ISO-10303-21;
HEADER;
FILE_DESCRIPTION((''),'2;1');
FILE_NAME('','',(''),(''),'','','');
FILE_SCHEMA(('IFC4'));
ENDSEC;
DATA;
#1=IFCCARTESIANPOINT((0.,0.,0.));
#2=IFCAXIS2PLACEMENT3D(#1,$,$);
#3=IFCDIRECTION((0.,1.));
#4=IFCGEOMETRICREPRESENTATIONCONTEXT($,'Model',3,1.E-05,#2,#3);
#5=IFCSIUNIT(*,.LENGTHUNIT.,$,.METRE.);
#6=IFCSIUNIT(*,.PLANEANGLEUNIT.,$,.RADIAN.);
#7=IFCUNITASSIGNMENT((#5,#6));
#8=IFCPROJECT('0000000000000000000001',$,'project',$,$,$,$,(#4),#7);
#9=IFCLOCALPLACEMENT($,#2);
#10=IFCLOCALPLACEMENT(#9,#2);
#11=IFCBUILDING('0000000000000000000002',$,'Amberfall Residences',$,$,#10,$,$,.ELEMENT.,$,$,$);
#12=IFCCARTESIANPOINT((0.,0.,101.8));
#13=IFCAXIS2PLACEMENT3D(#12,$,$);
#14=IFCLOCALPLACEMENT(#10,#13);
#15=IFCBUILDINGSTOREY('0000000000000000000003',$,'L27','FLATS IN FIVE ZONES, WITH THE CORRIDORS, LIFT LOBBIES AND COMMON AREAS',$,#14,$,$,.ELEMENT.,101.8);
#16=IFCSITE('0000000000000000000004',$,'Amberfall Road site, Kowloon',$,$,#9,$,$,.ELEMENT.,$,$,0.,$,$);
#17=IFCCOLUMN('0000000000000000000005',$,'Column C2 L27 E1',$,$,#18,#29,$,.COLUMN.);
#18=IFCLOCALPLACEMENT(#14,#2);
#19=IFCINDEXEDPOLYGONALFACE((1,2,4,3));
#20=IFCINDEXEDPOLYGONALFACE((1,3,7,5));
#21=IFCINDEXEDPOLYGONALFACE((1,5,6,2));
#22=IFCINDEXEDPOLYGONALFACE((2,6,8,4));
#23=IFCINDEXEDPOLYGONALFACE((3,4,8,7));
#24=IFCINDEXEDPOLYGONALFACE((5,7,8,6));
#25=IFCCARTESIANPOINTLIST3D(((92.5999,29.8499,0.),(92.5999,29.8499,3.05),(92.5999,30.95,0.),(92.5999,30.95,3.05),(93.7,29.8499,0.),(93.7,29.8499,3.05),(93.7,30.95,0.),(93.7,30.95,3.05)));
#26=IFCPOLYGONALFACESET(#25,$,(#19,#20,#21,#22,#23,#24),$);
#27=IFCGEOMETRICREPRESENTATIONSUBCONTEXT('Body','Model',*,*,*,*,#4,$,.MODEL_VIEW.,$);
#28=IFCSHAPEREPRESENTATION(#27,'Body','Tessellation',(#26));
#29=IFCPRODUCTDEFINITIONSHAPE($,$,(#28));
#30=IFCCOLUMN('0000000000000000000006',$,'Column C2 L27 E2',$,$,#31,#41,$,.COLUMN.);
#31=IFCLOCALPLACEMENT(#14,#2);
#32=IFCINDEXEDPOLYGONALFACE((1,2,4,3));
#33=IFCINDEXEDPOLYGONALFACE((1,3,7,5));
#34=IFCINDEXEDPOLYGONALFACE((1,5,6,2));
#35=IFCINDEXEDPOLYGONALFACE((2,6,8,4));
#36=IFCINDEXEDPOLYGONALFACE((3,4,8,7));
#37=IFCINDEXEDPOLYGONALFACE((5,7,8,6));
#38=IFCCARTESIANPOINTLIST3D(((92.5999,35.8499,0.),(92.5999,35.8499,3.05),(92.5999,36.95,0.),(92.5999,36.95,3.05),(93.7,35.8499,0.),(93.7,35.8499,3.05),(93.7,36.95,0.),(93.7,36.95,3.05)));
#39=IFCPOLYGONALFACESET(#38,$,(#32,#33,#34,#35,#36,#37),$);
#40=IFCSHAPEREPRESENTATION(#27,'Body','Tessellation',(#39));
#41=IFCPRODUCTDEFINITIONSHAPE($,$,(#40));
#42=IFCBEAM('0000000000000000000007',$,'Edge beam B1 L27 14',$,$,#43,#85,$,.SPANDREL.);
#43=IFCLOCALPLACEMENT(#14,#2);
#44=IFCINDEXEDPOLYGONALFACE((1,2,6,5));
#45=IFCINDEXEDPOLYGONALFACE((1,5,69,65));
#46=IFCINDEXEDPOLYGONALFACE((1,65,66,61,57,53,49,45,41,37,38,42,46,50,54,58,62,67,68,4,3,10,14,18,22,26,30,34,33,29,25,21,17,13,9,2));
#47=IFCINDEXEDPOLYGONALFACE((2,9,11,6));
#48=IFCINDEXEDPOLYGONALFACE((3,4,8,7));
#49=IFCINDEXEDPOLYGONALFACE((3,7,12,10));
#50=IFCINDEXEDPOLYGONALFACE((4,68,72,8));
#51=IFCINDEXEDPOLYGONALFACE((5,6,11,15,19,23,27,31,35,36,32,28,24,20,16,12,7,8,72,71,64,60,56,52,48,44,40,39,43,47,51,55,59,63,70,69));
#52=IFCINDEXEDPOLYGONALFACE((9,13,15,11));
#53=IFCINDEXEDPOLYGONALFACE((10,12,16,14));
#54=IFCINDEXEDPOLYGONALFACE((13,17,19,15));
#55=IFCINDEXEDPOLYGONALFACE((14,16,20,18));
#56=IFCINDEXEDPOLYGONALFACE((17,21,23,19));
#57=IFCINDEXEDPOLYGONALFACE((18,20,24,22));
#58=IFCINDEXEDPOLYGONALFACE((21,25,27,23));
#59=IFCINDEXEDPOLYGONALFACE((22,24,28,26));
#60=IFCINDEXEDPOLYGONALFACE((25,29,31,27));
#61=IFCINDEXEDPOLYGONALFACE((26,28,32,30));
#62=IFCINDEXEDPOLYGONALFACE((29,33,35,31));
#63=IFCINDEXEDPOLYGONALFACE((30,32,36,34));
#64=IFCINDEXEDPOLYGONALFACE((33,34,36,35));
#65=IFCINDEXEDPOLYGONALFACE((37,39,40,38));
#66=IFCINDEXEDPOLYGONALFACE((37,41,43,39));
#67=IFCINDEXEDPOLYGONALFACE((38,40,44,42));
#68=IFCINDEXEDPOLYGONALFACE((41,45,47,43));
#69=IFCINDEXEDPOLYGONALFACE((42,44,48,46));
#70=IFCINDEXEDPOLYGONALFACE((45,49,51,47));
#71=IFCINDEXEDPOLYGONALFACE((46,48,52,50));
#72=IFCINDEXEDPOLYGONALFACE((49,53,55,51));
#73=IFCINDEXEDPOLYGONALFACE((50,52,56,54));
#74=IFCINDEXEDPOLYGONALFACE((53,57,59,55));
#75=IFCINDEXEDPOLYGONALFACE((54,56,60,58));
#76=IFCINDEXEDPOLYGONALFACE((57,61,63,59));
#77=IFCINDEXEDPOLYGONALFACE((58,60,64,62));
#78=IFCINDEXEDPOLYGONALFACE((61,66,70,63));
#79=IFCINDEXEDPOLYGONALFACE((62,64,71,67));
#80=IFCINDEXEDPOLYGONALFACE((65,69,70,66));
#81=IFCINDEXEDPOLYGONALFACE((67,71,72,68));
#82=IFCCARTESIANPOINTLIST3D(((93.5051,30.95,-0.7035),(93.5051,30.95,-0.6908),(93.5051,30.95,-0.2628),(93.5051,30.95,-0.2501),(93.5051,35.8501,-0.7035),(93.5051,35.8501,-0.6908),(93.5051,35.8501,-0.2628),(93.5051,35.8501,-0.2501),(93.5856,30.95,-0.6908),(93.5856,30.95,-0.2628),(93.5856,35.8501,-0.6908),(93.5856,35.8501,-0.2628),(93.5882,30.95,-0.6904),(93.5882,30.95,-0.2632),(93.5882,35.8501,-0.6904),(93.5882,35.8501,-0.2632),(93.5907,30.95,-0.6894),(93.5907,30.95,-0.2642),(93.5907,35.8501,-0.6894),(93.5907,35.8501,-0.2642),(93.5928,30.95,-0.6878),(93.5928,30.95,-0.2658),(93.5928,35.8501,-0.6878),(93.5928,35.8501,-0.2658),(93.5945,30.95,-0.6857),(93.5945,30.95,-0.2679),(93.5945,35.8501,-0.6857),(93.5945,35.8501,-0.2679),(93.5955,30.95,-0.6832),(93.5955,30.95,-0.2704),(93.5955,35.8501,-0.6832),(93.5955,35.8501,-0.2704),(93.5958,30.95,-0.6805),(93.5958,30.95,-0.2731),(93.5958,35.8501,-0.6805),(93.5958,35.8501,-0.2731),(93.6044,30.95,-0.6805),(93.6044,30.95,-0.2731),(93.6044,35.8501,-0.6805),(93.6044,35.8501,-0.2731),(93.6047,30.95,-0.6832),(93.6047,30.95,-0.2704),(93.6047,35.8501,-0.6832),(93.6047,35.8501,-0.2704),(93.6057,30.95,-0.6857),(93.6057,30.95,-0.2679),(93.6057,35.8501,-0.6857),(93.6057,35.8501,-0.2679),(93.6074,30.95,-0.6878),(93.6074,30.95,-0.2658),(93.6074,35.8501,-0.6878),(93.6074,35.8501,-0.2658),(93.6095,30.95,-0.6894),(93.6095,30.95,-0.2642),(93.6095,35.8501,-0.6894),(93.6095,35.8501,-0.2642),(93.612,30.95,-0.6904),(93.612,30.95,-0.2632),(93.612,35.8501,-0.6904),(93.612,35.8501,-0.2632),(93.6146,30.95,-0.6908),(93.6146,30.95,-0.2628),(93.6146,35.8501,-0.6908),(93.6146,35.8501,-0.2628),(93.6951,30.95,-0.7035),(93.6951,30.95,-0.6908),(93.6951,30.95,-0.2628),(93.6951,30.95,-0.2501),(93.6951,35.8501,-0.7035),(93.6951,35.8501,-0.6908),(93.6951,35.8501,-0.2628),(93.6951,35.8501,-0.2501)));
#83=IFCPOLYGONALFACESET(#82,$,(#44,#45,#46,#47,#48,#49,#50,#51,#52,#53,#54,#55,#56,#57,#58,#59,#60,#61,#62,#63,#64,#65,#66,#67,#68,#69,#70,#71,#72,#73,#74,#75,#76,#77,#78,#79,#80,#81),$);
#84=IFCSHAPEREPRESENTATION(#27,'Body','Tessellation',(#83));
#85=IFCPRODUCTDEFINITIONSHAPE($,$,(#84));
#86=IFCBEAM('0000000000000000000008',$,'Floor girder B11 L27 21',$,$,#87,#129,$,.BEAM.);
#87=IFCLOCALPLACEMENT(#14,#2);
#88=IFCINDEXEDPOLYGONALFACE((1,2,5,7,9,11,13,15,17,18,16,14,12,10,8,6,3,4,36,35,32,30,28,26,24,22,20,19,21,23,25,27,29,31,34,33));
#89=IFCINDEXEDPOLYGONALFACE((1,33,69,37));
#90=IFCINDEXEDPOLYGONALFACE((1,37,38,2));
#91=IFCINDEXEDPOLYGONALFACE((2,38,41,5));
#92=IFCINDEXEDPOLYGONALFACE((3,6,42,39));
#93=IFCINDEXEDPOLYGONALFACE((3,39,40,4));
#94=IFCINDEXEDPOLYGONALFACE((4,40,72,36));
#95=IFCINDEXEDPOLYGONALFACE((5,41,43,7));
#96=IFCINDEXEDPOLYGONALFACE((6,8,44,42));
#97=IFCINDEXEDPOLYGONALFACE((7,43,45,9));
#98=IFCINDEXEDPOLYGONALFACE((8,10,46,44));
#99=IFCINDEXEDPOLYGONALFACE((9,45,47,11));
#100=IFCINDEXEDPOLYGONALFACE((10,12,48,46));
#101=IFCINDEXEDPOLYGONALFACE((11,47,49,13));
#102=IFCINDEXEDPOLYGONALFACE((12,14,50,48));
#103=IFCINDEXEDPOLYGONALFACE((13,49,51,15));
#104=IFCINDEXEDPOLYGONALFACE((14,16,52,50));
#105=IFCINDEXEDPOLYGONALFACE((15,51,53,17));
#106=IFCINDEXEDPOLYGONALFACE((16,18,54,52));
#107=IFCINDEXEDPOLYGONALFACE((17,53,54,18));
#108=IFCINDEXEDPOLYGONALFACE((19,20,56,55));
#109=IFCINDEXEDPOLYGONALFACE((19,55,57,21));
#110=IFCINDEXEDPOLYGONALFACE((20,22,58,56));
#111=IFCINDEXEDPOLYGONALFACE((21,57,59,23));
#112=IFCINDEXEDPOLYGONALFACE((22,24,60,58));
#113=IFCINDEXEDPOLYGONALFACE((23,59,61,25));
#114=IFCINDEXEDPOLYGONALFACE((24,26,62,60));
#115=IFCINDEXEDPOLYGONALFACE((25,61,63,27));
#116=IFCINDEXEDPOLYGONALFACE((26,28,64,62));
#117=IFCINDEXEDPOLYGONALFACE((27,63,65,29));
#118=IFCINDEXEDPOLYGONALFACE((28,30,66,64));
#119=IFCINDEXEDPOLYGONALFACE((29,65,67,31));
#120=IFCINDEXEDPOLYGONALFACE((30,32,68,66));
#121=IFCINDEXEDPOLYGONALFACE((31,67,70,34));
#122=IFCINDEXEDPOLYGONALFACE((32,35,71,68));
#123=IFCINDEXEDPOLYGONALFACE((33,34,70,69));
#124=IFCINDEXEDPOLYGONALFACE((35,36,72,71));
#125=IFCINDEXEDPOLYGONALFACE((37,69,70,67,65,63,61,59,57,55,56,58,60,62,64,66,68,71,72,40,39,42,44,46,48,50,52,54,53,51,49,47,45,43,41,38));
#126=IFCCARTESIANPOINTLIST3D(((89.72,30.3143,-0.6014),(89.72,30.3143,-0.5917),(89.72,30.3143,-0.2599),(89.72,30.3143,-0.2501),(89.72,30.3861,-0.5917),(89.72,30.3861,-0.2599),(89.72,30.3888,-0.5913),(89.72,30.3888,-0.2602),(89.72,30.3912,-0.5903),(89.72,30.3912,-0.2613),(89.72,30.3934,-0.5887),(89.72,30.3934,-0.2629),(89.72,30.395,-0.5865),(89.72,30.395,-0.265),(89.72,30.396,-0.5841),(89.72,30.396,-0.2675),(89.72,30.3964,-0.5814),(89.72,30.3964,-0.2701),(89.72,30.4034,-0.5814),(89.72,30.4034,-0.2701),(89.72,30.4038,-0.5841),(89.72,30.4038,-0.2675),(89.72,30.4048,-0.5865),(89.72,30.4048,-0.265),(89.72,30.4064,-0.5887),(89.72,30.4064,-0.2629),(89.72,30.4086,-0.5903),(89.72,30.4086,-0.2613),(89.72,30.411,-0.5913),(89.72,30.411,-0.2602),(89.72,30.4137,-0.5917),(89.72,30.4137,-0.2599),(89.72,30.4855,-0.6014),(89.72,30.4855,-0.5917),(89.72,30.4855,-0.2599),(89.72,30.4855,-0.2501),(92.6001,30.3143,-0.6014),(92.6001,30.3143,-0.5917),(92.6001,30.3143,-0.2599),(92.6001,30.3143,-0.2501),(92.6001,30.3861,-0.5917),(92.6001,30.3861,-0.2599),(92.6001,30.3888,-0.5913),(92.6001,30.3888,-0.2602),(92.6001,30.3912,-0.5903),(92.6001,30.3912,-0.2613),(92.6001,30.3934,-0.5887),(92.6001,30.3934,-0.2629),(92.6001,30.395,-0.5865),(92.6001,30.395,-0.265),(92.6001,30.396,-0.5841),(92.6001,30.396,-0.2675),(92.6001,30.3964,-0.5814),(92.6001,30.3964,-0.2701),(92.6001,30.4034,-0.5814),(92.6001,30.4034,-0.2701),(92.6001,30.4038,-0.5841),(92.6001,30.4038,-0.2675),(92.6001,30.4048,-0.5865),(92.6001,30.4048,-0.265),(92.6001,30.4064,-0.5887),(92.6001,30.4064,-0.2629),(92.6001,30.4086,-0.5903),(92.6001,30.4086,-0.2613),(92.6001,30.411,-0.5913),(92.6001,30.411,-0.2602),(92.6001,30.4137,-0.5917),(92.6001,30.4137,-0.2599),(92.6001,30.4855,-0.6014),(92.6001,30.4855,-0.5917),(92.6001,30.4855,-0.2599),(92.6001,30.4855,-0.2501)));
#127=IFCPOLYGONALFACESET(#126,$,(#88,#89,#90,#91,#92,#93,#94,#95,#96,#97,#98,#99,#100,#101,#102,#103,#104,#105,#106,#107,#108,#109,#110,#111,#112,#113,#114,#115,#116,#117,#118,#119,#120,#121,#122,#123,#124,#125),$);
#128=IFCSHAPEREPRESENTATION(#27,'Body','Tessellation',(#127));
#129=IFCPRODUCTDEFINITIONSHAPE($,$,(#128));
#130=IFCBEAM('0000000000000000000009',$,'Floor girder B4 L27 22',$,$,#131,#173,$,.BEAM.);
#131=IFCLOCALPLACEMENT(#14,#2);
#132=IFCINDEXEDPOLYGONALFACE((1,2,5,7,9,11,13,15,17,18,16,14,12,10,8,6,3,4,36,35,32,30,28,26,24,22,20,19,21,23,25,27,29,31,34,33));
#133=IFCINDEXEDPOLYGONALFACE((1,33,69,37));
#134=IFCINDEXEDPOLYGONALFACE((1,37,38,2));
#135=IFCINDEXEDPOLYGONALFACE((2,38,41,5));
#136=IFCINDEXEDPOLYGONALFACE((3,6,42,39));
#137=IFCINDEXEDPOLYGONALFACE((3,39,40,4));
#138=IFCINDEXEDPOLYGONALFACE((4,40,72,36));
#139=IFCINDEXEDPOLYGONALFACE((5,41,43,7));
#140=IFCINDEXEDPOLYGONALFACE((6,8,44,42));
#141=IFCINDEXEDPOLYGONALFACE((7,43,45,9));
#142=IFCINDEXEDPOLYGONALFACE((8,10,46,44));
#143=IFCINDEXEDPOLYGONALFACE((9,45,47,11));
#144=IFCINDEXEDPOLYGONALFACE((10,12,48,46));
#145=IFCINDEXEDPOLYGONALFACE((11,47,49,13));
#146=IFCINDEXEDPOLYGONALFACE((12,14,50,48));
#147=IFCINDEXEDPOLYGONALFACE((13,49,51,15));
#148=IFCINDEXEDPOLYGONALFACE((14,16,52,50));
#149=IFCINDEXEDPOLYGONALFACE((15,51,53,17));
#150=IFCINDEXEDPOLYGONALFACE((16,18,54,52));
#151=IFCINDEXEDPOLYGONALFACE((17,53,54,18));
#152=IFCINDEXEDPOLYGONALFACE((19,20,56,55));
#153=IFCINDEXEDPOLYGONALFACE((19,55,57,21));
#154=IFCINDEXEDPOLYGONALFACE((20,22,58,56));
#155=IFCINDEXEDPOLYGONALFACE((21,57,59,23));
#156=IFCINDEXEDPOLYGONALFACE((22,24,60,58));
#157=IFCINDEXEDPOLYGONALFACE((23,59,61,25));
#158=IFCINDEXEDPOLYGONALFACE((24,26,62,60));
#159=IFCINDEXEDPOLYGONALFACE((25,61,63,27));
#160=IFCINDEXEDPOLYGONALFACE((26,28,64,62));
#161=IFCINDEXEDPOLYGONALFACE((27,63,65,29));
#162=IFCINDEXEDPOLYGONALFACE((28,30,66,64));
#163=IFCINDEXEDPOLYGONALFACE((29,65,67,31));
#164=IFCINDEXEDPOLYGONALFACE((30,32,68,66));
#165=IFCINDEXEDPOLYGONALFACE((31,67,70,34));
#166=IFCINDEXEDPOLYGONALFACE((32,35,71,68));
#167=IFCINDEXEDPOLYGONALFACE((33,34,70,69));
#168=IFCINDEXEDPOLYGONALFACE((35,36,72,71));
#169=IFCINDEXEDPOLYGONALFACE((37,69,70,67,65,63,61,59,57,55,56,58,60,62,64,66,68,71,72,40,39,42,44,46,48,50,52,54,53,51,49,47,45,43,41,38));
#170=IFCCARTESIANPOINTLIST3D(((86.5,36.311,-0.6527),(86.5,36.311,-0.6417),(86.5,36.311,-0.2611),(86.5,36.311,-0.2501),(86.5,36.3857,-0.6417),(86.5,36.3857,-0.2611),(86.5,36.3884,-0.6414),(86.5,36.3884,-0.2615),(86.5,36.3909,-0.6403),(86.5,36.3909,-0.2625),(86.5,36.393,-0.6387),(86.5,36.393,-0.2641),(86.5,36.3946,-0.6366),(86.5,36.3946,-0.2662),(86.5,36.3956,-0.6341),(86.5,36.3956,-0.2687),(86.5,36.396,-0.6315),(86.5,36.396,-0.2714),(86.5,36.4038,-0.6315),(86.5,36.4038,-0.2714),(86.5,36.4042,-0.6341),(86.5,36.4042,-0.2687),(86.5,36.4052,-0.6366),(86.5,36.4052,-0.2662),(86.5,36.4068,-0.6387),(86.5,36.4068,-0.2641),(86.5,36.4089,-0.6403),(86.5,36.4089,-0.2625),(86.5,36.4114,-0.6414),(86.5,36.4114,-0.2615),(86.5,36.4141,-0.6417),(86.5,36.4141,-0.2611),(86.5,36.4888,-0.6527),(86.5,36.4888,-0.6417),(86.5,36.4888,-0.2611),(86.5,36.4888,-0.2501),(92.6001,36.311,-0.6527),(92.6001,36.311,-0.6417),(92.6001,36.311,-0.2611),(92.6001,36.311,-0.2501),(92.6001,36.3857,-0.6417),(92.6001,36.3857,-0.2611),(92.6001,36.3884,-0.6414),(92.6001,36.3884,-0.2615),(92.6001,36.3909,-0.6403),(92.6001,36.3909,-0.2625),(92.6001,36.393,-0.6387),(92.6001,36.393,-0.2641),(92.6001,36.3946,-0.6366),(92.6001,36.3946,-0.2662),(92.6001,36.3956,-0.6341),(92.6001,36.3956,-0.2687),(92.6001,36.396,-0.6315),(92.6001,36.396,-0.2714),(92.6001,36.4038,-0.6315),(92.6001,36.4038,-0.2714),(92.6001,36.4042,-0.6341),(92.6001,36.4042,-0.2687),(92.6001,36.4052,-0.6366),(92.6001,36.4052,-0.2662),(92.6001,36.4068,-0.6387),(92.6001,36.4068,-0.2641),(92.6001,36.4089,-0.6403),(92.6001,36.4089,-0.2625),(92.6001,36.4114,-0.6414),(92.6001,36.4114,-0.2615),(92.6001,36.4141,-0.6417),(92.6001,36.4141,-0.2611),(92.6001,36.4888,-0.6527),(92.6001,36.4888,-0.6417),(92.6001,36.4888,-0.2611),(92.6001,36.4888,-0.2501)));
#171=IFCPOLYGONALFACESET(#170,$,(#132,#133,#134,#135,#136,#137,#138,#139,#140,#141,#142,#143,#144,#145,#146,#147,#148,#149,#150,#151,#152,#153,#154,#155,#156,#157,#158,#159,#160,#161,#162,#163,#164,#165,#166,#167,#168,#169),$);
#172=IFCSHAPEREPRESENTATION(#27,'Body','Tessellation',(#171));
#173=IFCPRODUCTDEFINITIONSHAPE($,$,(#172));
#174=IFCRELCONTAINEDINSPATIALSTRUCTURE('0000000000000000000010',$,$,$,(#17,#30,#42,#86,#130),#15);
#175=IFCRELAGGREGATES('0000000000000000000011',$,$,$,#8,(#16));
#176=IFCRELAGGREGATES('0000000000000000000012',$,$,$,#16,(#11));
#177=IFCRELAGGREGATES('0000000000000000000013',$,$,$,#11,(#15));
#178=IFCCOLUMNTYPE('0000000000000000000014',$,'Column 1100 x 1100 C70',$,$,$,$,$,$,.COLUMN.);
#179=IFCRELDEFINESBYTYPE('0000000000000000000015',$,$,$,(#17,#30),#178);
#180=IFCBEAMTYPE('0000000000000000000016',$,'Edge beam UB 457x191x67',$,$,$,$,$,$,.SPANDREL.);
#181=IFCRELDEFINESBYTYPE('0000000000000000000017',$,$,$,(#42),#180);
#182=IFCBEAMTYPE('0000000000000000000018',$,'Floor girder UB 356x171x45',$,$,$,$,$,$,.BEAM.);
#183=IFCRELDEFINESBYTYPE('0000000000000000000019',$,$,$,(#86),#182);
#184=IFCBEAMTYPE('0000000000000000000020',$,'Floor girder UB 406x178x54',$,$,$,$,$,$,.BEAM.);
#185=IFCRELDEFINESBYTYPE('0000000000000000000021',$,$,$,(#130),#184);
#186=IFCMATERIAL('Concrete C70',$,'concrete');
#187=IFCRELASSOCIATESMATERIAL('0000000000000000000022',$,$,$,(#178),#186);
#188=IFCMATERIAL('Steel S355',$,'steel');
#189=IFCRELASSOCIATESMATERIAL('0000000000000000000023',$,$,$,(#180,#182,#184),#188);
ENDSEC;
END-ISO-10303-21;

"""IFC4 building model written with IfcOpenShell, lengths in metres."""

from ifc_helpers import new_model, si_unit, direction, frame, origin, origin_2d, place, context, subcontext, project, spatial, rectangle, i_section, extrude, material, material_profile, profile_set, type_object, element, save


model = new_model("IFC4")

# Units and contexts
model_context = context("Model", 3, precision=1e-05, world=origin(), true_north=direction((0.0, 1.0)))
body_context = subcontext(model_context, "Body", "Model", "MODEL_VIEW")
ifc_project = project(units=[si_unit("LENGTHUNIT", "METRE"), si_unit("PLANEANGLEUNIT", "RADIAN")], contexts=[model_context])

# Site, building, storey
site_placement = place(None, origin())
site = spatial("IfcSite", under=ifc_project, at=site_placement, Name="Amberfall Road site, Kowloon", CompositionType="ELEMENT", RefElevation=0.0)
building_placement = place(site_placement, origin())
building = spatial("IfcBuilding", under=site, at=building_placement, Name="Amberfall Residences", CompositionType="ELEMENT")
storey_placement = place(building_placement, frame((0.0, 0.0, 101.8)))
storey = spatial("IfcBuildingStorey", under=building, at=storey_placement, Name="L27", Description="FLATS IN FIVE ZONES, WITH THE CORRIDORS, LIFT LOBBIES AND COMMON AREAS", CompositionType="ELEMENT", Elevation=101.8)

# Columns
ifc_material_1 = material(Name="Concrete C70", Category="concrete")
ifc_material_profile_1 = material_profile(ifc_material_1, rectangle(XDim=1.1001, YDim=1.1001, at=origin_2d()), Name="Column 1100 x 1100 C70")
ifc_profile_set_1 = profile_set([ifc_material_profile_1], Name="Concrete C70")
column_type = type_object("IfcColumnType", Name="Column 1100 x 1100 C70", PredefinedType="COLUMN", material=ifc_profile_set_1)
for number, where, z_axis, x_axis, name in (
    (1, (93.1499, 30.3999, 0.0), (0.0, 0.0, 1.0), (1.0, 0.0, 0.0), "Column C2 L27 E1"),
    (2, (93.1499, 36.3999, 0.0), (0.0, 0.0, 1.0), (1.0, 0.0, 0.0), "Column C2 L27 E2"),
):
    element("IfcColumn", number, at=place(storey_placement, frame(where, z_axis=z_axis, x_axis=x_axis)), inside=storey, type_object=column_type, Name=name, PredefinedType="COLUMN", context=body_context, shape_type="SweptSolid", body=[
        extrude(rectangle(XDim=1.1001, YDim=1.1001, at=origin_2d()), origin(), (0.0, 0.0, 1.0), 3.05),
    ])

# Beams
ifc_material_2 = material(Name="Steel S355", Category="steel")
ifc_material_profile_2 = material_profile(ifc_material_2, i_section(OverallWidth=0.1899, OverallDepth=0.4534, WebThickness=0.0085, FlangeThickness=0.0127, FilletRadius=0.0103, at=origin_2d()), Name="UB 457x191x67")
ifc_profile_set_2 = profile_set([ifc_material_profile_2], Name="Steel S355")
beam_type_1 = type_object("IfcBeamType", Name="Edge beam UB 457x191x67", PredefinedType="SPANDREL", material=ifc_profile_set_2)
beam_1_placement = place(storey_placement, frame((93.6001, 30.95, -0.4768), z_axis=(0.0, 1.0, 0.0), x_axis=(-1.0, 0.0, 0.0)))
element("IfcBeam", 3, at=beam_1_placement, inside=storey, type_object=beam_type_1, Name="Edge beam B1 L27 14", PredefinedType="SPANDREL", context=body_context, shape_type="SweptSolid", body=[
    extrude(i_section(OverallWidth=0.1899, OverallDepth=0.4534, WebThickness=0.0085, FlangeThickness=0.0127, FilletRadius=0.0103, at=origin_2d()), origin(), (0.0, 0.0, 1.0), 4.9001),
])
ifc_material_profile_3 = material_profile(ifc_material_2, i_section(OverallWidth=0.1711, OverallDepth=0.3513, WebThickness=0.0071, FlangeThickness=0.0098, FilletRadius=0.0103, at=origin_2d()), Name="UB 356x171x45")
ifc_profile_set_3 = profile_set([ifc_material_profile_3], Name="Steel S355")
beam_type_2 = type_object("IfcBeamType", Name="Floor girder UB 356x171x45", PredefinedType="BEAM", material=ifc_profile_set_3)
beam_2_placement = place(storey_placement, frame((92.6001, 30.3999, -0.4258), z_axis=(-1.0, 0.0, 0.0), x_axis=(0.0, -1.0, 0.0)))
element("IfcBeam", 4, at=beam_2_placement, inside=storey, type_object=beam_type_2, Name="Floor girder B11 L27 21", PredefinedType="BEAM", context=body_context, shape_type="SweptSolid", body=[
    extrude(i_section(OverallWidth=0.1711, OverallDepth=0.3513, WebThickness=0.0071, FlangeThickness=0.0098, FilletRadius=0.0103, at=origin_2d()), origin(), (0.0, 0.0, 1.0), 2.8801),
])
ifc_material_profile_4 = material_profile(ifc_material_2, i_section(OverallWidth=0.1777, OverallDepth=0.4026, WebThickness=0.0078, FlangeThickness=0.011, FilletRadius=0.0103, at=origin_2d()), Name="UB 406x178x54")
ifc_profile_set_4 = profile_set([ifc_material_profile_4], Name="Steel S355")
beam_type_3 = type_object("IfcBeamType", Name="Floor girder UB 406x178x54", PredefinedType="BEAM", material=ifc_profile_set_4)
beam_3_placement = place(storey_placement, frame((92.6001, 36.3999, -0.4514), z_axis=(-1.0, 0.0, 0.0), x_axis=(0.0, -1.0, 0.0)))
element("IfcBeam", 5, at=beam_3_placement, inside=storey, type_object=beam_type_3, Name="Floor girder B4 L27 22", PredefinedType="BEAM", context=body_context, shape_type="SweptSolid", body=[
    extrude(i_section(OverallWidth=0.1777, OverallDepth=0.4026, WebThickness=0.0078, FlangeThickness=0.011, FilletRadius=0.0103, at=origin_2d()), origin(), (0.0, 0.0, 1.0), 6.1001),
])

save(model, "model.ifc")
